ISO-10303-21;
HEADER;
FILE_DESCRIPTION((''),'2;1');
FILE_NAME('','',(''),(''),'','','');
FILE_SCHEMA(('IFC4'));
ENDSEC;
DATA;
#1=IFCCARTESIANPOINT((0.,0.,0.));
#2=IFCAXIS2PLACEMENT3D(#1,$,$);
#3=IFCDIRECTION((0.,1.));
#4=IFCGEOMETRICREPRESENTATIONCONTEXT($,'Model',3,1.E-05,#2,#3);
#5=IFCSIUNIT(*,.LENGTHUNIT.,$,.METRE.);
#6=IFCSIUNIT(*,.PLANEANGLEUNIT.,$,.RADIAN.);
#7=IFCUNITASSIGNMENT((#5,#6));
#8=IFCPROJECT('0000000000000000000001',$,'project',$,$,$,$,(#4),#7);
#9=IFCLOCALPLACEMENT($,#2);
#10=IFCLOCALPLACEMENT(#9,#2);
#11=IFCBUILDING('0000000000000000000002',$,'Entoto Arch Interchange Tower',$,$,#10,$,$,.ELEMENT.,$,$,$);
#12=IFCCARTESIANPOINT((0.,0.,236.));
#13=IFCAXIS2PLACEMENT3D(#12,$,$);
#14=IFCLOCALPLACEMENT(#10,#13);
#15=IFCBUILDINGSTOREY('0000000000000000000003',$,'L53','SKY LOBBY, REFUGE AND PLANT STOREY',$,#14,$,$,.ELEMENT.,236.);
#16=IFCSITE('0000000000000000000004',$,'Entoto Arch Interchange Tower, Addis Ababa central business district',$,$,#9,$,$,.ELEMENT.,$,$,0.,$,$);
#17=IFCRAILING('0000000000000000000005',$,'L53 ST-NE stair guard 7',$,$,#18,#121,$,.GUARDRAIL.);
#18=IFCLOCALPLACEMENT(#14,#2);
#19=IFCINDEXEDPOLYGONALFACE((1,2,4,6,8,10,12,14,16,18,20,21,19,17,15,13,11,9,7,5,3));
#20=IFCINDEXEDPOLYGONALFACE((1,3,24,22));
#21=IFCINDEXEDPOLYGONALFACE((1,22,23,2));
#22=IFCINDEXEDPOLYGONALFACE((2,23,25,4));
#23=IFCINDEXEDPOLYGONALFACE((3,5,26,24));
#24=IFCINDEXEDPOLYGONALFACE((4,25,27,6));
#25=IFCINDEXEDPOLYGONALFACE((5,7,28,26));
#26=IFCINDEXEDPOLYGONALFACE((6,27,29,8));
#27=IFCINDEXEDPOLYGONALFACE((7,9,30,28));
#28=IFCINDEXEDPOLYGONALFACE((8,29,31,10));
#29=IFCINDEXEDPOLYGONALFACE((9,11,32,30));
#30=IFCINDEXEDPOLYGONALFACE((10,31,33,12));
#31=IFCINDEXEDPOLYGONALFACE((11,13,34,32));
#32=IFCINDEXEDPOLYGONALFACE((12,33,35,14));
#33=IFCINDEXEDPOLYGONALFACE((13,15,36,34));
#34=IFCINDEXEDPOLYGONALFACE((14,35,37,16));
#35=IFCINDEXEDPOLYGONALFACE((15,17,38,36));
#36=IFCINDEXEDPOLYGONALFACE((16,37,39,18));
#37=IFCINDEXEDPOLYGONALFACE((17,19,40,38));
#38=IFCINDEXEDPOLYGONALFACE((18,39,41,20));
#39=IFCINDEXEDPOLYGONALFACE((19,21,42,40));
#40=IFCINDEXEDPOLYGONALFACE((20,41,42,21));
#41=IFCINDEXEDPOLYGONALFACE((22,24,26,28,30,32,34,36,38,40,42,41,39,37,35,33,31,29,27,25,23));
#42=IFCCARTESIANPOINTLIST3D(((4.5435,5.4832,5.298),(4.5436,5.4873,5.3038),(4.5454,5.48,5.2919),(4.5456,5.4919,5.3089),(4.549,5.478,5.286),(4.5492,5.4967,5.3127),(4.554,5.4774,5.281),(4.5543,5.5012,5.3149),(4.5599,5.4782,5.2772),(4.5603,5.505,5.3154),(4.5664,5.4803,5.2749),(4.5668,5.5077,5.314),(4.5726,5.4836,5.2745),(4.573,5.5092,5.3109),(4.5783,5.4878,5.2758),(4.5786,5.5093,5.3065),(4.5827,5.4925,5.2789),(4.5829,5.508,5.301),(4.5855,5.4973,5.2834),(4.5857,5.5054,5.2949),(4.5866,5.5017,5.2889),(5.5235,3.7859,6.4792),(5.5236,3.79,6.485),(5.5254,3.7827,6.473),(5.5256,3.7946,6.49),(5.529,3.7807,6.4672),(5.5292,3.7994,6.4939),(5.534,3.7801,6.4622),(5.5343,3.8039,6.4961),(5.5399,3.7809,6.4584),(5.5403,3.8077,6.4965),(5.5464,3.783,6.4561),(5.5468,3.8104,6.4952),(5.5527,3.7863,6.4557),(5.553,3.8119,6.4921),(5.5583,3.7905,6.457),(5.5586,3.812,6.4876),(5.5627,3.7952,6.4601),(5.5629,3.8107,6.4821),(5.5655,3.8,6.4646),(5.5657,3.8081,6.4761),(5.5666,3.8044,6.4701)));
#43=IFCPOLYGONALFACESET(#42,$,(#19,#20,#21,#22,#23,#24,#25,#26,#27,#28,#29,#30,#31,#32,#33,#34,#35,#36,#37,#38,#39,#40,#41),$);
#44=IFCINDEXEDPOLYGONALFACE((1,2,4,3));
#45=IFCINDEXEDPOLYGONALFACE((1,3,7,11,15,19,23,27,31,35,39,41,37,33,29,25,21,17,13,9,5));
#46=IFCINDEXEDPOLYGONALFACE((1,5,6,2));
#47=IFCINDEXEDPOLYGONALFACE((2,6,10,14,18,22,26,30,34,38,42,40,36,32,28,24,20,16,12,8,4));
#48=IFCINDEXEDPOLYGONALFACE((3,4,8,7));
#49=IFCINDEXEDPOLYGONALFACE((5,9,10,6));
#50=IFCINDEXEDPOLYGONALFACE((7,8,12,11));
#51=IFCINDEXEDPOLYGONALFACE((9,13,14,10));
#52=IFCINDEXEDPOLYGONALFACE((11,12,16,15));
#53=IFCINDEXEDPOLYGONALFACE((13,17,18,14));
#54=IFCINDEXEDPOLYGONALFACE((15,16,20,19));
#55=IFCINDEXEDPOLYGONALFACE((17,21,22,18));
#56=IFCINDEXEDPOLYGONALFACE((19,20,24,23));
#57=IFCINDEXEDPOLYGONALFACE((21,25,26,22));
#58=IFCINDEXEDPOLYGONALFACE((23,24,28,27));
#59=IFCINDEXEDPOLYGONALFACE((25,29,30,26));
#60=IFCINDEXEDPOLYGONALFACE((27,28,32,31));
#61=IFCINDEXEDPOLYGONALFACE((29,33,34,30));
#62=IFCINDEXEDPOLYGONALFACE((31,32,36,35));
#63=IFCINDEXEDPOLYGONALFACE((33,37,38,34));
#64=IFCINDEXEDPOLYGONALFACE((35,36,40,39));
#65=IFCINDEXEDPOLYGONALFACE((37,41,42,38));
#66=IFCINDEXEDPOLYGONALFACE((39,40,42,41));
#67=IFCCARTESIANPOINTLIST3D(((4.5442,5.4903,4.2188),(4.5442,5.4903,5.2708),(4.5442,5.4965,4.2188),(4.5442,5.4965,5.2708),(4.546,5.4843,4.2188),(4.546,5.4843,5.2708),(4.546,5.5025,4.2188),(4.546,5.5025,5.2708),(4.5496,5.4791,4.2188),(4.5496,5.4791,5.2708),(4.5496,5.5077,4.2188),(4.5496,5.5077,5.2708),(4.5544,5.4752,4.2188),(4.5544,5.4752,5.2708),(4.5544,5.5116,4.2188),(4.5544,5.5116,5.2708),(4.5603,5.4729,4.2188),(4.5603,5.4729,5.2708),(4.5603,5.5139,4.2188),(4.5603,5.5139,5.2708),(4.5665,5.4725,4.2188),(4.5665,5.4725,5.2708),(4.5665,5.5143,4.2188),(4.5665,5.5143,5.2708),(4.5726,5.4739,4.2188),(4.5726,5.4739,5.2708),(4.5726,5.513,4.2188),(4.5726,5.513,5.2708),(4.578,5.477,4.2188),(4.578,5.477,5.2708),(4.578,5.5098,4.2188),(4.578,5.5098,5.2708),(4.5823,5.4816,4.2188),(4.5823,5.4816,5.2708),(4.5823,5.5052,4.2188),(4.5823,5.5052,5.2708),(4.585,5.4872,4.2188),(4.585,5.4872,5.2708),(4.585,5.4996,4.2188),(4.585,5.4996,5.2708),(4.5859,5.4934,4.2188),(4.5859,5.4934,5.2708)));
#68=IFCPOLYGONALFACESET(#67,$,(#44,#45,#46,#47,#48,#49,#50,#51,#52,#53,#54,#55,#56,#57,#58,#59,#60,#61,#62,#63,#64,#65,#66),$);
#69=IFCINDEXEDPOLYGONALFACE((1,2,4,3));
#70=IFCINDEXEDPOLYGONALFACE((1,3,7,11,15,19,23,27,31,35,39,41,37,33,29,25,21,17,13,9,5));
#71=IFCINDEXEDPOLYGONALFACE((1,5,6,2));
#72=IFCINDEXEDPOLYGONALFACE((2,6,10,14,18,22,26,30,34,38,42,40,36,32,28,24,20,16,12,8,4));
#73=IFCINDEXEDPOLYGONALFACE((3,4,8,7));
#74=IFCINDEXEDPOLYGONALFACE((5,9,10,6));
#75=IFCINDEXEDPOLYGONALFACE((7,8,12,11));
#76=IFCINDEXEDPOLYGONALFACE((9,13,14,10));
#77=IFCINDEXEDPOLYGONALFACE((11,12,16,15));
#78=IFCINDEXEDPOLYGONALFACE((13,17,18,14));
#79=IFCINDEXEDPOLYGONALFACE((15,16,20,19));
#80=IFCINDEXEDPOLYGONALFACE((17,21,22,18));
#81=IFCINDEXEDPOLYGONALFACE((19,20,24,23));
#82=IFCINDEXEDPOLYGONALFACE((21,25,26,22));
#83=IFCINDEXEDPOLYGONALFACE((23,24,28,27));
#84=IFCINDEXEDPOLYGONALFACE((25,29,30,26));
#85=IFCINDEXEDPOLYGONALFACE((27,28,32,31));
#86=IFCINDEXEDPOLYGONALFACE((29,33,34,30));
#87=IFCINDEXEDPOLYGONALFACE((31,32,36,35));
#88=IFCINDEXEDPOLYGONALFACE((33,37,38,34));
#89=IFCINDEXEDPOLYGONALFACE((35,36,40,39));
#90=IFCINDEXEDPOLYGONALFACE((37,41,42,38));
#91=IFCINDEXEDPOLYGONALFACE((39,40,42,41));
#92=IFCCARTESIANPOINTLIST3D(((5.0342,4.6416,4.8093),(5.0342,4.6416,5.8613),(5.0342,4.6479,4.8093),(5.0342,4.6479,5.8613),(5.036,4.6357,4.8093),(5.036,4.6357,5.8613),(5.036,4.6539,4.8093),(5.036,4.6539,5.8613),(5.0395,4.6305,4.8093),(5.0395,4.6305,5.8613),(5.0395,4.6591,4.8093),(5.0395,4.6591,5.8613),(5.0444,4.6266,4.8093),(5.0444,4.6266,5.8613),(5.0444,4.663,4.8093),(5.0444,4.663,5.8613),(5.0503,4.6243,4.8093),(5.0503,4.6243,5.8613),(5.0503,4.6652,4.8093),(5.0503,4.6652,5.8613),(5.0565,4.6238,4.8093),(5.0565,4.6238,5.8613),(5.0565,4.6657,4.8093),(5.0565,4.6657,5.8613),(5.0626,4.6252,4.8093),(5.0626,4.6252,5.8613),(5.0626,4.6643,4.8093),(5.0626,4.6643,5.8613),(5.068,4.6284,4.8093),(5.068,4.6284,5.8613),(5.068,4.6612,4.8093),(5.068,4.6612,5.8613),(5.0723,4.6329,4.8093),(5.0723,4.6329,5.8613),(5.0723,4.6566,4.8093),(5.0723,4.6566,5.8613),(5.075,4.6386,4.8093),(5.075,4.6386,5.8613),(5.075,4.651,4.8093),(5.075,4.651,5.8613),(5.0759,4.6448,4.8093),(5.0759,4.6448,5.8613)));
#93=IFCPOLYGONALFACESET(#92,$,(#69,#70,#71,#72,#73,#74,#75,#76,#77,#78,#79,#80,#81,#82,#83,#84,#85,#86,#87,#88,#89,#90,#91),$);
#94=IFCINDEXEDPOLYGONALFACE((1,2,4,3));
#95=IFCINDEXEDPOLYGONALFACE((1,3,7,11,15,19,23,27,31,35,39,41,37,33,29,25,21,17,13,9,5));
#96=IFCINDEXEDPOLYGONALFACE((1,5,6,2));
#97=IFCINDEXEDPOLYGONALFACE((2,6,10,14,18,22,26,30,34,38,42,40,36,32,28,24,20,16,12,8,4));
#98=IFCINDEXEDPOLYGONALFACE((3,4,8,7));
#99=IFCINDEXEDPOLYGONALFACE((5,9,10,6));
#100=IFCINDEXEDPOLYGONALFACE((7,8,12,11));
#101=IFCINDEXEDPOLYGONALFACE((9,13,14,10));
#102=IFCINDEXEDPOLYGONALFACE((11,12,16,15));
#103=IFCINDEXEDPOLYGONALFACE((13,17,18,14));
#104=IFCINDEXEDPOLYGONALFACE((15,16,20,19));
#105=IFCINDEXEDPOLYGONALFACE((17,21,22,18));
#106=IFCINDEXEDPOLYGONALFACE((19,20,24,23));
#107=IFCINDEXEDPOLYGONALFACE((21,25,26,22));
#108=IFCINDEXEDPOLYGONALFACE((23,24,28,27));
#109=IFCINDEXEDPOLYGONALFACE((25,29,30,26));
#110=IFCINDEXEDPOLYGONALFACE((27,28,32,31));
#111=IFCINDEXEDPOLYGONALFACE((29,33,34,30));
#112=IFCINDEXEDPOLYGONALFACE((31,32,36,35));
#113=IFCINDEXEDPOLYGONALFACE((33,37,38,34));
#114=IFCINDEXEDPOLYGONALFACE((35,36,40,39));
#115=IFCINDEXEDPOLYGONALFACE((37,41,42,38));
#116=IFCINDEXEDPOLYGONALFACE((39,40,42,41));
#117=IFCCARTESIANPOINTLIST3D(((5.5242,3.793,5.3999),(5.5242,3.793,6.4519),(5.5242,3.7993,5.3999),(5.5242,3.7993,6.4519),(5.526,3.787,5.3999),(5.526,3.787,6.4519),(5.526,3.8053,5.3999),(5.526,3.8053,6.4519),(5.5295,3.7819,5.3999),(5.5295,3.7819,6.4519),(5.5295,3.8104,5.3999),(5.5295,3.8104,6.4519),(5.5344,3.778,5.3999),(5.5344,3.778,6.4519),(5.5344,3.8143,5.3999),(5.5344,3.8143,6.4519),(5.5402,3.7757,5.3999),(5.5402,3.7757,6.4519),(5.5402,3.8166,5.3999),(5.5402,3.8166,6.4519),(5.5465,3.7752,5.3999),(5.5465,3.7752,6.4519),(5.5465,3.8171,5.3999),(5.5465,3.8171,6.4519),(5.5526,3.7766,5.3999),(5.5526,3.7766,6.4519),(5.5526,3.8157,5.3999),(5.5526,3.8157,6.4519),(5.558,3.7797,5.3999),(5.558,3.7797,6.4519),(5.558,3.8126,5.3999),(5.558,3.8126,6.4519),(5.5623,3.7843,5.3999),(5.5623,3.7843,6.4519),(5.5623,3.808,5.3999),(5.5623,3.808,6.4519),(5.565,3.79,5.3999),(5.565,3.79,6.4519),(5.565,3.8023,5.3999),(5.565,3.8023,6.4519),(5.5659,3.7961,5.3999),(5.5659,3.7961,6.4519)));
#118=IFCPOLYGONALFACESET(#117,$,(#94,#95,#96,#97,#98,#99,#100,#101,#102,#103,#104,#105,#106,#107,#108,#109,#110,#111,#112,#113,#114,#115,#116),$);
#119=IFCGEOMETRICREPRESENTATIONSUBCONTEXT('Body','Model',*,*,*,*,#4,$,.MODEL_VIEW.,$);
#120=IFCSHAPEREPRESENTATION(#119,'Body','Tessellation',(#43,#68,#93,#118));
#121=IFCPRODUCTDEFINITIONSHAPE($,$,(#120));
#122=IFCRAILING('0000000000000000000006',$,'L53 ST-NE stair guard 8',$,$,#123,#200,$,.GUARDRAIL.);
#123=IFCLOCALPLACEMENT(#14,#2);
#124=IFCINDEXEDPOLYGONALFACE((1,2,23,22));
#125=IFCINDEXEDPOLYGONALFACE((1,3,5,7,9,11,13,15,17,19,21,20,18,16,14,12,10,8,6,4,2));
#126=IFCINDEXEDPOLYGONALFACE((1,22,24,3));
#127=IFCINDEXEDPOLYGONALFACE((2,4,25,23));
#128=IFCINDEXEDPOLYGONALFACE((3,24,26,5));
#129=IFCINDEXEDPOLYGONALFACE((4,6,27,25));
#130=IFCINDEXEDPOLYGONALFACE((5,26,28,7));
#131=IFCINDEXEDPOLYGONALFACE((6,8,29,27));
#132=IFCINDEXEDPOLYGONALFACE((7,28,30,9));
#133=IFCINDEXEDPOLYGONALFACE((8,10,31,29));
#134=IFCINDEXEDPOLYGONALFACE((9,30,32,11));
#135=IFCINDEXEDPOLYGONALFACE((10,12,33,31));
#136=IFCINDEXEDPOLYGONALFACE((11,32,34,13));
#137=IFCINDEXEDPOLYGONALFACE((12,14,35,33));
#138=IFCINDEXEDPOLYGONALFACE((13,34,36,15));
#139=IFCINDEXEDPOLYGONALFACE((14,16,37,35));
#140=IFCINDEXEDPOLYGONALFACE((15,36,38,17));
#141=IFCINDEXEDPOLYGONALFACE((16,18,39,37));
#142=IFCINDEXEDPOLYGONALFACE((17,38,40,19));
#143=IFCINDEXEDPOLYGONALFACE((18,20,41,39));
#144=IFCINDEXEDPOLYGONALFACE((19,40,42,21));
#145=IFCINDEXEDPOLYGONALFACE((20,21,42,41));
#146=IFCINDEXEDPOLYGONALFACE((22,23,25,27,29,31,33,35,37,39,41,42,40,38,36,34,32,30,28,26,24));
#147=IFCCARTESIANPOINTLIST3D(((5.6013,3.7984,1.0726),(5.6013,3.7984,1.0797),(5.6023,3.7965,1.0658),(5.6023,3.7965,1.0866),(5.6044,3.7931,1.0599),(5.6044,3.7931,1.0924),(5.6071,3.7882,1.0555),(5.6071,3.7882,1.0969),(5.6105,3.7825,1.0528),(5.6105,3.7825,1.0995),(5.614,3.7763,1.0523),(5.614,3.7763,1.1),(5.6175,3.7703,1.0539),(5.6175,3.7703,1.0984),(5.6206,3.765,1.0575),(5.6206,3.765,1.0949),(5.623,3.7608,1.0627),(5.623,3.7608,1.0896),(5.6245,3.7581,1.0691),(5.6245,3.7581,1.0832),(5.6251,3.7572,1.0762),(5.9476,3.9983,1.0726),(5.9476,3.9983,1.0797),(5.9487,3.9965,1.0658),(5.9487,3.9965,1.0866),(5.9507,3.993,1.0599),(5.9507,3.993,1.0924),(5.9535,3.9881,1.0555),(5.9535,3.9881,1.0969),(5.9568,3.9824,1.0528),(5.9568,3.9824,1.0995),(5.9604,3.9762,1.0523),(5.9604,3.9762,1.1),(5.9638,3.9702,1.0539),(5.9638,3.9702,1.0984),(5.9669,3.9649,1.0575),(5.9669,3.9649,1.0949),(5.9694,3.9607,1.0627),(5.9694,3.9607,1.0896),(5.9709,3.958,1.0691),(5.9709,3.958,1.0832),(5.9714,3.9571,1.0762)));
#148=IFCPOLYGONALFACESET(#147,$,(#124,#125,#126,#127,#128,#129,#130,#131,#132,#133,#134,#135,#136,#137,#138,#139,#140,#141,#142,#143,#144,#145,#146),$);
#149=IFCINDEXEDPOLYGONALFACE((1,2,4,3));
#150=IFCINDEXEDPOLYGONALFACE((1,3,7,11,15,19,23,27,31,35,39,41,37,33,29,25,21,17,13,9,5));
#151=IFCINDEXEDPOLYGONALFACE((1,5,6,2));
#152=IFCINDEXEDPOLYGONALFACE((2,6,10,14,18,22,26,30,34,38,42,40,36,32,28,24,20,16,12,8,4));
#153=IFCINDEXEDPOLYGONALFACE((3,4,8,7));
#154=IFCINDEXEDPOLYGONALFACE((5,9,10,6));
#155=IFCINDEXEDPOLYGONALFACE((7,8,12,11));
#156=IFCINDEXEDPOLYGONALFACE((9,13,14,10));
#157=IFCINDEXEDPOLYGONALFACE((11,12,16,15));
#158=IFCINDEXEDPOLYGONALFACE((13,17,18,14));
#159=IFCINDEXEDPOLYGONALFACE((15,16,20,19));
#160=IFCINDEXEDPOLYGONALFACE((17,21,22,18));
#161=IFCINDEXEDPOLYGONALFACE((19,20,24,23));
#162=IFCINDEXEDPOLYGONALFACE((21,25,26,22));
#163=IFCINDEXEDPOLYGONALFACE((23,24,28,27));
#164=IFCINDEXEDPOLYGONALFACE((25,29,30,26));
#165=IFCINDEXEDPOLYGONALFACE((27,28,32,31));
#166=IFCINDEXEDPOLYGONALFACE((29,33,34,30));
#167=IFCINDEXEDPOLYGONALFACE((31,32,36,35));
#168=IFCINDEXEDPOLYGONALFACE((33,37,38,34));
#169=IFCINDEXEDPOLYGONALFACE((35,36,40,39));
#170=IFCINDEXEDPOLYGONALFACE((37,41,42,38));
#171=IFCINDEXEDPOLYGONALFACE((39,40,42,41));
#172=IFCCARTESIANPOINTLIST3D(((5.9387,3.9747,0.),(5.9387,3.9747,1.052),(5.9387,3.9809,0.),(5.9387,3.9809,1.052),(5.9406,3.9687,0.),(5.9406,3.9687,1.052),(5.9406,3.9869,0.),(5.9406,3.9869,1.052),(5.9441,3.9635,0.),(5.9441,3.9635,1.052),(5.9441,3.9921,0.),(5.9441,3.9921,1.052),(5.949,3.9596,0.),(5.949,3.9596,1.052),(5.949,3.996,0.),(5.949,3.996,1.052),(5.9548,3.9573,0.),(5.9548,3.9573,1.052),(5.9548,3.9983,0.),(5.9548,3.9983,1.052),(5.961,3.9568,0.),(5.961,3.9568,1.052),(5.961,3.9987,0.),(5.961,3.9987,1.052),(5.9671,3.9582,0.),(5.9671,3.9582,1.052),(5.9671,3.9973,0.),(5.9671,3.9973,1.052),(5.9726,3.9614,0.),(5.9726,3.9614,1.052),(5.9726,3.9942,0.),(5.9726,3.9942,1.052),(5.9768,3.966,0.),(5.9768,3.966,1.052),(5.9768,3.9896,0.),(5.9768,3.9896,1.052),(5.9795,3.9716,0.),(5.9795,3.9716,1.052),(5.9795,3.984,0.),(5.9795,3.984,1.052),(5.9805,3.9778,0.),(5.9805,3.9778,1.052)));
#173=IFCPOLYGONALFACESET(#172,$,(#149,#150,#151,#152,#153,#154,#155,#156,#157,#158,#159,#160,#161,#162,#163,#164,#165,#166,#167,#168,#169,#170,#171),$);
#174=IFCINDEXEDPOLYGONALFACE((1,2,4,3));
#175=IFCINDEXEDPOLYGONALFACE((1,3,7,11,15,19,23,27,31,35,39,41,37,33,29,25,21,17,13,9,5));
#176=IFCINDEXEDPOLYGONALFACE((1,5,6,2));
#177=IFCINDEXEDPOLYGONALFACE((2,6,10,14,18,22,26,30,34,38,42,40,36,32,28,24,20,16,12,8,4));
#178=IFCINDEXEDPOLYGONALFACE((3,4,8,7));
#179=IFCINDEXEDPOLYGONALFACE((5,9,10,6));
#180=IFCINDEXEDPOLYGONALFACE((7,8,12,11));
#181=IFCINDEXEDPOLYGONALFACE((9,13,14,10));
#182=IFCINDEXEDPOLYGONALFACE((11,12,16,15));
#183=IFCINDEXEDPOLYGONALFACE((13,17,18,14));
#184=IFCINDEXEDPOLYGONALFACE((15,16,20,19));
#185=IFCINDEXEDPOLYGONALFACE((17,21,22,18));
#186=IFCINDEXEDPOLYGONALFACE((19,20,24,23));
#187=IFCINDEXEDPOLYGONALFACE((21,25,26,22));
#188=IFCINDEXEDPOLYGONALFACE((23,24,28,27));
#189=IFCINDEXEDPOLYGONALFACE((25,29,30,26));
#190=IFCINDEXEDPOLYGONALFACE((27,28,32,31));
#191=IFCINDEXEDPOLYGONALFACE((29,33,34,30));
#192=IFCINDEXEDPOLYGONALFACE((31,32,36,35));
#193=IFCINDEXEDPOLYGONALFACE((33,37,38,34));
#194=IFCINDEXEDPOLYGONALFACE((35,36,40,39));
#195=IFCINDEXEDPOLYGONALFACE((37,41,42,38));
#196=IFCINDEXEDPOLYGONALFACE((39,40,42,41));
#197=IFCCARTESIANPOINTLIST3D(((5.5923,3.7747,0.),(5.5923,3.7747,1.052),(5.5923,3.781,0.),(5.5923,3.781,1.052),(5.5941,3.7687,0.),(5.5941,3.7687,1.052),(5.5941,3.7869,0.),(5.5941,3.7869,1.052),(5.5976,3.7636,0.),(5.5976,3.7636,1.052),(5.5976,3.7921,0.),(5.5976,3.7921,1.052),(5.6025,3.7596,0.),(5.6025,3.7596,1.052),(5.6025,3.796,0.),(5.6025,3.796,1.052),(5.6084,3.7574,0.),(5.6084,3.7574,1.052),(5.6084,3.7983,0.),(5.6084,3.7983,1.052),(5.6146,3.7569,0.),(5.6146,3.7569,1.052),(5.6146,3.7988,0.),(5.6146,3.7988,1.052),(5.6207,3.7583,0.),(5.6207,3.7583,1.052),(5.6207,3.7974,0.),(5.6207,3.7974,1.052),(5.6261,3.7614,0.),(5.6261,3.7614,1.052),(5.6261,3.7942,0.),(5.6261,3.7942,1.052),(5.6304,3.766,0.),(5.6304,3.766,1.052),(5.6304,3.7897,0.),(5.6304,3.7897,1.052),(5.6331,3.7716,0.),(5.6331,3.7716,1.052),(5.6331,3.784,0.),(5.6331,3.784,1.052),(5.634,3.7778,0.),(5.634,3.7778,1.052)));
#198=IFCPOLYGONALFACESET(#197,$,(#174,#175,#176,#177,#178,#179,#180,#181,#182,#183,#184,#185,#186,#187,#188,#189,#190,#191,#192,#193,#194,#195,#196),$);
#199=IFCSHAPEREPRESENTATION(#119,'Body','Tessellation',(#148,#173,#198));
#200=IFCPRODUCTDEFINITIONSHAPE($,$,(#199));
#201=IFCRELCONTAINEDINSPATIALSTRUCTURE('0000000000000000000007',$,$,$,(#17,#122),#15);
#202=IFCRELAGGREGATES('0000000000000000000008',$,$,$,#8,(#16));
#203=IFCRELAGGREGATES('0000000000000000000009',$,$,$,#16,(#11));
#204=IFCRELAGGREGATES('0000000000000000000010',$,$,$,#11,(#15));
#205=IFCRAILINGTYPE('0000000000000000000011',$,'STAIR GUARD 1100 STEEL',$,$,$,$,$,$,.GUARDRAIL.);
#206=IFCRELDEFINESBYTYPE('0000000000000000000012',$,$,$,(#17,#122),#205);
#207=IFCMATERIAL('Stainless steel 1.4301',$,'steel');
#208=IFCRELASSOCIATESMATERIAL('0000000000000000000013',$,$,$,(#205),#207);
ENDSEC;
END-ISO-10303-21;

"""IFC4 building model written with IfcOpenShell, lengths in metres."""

from ifc_helpers import new_model, si_unit, direction, frame, origin, origin_2d, place, context, subcontext, project, spatial, circle, extrude, material, type_object, element, save


model = new_model("IFC4")

# Units and contexts
model_context = context("Model", 3, precision=1e-05, world=origin(), true_north=direction((0.0, 1.0)))
body_context = subcontext(model_context, "Body", "Model", "MODEL_VIEW")
ifc_project = project(units=[si_unit("LENGTHUNIT", "METRE"), si_unit("PLANEANGLEUNIT", "RADIAN")], contexts=[model_context])

# Site, building, storey
site_placement = place(None, origin())
site = spatial("IfcSite", under=ifc_project, at=site_placement, Name="Entoto Arch Interchange Tower, Addis Ababa central business district", CompositionType="ELEMENT", RefElevation=0.0)
building_placement = place(site_placement, origin())
building = spatial("IfcBuilding", under=site, at=building_placement, Name="Entoto Arch Interchange Tower", CompositionType="ELEMENT")
storey_placement = place(building_placement, frame((0.0, 0.0, 236.0)))
storey = spatial("IfcBuildingStorey", under=building, at=storey_placement, Name="L53", Description="SKY LOBBY, REFUGE AND PLANT STOREY", CompositionType="ELEMENT", Elevation=236.0)

# Railings
ifc_material_1 = material(Name="Stainless steel 1.4301", Category="steel")
railing_type_1 = type_object("IfcRailingType", Name="STAIR GUARD 1100 STEEL", PredefinedType="GUARDRAIL", material=ifc_material_1)
railing_1_placement = place(storey_placement, frame((4.5649, 5.4934, 4.2188)))
element("IfcRailing", 1, at=railing_1_placement, inside=storey, type_object=railing_type_1, Name="L53 ST-NE stair guard 7", PredefinedType="GUARDRAIL", context=body_context, shape_type="SweptSolid", body=[
    extrude(circle(Radius=0.0239, at=origin_2d()), frame((0.0, 0.0, 1.0762), z_axis=(0.428262, -0.741723, 0.516176), x_axis=(0.866011, 0.500024, 0.0)), (0.0, 0.0, 1.0), 2.2883),
    extrude(circle(Radius=0.021, at=origin_2d()), origin(), (0.0, 0.0, 1.0), 1.052),
    extrude(circle(Radius=0.021, at=origin_2d()), frame((0.49, -0.8486, 0.5906)), (0.0, 0.0, 1.0), 1.052),
    extrude(circle(Radius=0.021, at=origin_2d()), frame((0.98, -1.6973, 1.1812)), (0.0, 0.0, 1.0), 1.052),
])
railing_2_placement = place(storey_placement, frame((5.9595, 3.9778, 0.0)))
element("IfcRailing", 2, at=railing_2_placement, inside=storey, type_object=railing_type_1, Name="L53 ST-NE stair guard 8", PredefinedType="GUARDRAIL", context=body_context, shape_type="SweptSolid", body=[
    extrude(circle(Radius=0.0239, at=origin_2d()), frame((0.0, 0.0, 1.0762), z_axis=(-0.866094, -0.499881, 0.0), x_axis=(0.499881, -0.866094, 0.0)), (0.0, 0.0, 1.0), 0.3999),
    extrude(circle(Radius=0.021, at=origin_2d()), origin(), (0.0, 0.0, 1.0), 1.052),
    extrude(circle(Radius=0.021, at=origin_2d()), frame((-0.3464, -0.2, 0.0)), (0.0, 0.0, 1.0), 1.052),
])

save(model, "model.ifc")
